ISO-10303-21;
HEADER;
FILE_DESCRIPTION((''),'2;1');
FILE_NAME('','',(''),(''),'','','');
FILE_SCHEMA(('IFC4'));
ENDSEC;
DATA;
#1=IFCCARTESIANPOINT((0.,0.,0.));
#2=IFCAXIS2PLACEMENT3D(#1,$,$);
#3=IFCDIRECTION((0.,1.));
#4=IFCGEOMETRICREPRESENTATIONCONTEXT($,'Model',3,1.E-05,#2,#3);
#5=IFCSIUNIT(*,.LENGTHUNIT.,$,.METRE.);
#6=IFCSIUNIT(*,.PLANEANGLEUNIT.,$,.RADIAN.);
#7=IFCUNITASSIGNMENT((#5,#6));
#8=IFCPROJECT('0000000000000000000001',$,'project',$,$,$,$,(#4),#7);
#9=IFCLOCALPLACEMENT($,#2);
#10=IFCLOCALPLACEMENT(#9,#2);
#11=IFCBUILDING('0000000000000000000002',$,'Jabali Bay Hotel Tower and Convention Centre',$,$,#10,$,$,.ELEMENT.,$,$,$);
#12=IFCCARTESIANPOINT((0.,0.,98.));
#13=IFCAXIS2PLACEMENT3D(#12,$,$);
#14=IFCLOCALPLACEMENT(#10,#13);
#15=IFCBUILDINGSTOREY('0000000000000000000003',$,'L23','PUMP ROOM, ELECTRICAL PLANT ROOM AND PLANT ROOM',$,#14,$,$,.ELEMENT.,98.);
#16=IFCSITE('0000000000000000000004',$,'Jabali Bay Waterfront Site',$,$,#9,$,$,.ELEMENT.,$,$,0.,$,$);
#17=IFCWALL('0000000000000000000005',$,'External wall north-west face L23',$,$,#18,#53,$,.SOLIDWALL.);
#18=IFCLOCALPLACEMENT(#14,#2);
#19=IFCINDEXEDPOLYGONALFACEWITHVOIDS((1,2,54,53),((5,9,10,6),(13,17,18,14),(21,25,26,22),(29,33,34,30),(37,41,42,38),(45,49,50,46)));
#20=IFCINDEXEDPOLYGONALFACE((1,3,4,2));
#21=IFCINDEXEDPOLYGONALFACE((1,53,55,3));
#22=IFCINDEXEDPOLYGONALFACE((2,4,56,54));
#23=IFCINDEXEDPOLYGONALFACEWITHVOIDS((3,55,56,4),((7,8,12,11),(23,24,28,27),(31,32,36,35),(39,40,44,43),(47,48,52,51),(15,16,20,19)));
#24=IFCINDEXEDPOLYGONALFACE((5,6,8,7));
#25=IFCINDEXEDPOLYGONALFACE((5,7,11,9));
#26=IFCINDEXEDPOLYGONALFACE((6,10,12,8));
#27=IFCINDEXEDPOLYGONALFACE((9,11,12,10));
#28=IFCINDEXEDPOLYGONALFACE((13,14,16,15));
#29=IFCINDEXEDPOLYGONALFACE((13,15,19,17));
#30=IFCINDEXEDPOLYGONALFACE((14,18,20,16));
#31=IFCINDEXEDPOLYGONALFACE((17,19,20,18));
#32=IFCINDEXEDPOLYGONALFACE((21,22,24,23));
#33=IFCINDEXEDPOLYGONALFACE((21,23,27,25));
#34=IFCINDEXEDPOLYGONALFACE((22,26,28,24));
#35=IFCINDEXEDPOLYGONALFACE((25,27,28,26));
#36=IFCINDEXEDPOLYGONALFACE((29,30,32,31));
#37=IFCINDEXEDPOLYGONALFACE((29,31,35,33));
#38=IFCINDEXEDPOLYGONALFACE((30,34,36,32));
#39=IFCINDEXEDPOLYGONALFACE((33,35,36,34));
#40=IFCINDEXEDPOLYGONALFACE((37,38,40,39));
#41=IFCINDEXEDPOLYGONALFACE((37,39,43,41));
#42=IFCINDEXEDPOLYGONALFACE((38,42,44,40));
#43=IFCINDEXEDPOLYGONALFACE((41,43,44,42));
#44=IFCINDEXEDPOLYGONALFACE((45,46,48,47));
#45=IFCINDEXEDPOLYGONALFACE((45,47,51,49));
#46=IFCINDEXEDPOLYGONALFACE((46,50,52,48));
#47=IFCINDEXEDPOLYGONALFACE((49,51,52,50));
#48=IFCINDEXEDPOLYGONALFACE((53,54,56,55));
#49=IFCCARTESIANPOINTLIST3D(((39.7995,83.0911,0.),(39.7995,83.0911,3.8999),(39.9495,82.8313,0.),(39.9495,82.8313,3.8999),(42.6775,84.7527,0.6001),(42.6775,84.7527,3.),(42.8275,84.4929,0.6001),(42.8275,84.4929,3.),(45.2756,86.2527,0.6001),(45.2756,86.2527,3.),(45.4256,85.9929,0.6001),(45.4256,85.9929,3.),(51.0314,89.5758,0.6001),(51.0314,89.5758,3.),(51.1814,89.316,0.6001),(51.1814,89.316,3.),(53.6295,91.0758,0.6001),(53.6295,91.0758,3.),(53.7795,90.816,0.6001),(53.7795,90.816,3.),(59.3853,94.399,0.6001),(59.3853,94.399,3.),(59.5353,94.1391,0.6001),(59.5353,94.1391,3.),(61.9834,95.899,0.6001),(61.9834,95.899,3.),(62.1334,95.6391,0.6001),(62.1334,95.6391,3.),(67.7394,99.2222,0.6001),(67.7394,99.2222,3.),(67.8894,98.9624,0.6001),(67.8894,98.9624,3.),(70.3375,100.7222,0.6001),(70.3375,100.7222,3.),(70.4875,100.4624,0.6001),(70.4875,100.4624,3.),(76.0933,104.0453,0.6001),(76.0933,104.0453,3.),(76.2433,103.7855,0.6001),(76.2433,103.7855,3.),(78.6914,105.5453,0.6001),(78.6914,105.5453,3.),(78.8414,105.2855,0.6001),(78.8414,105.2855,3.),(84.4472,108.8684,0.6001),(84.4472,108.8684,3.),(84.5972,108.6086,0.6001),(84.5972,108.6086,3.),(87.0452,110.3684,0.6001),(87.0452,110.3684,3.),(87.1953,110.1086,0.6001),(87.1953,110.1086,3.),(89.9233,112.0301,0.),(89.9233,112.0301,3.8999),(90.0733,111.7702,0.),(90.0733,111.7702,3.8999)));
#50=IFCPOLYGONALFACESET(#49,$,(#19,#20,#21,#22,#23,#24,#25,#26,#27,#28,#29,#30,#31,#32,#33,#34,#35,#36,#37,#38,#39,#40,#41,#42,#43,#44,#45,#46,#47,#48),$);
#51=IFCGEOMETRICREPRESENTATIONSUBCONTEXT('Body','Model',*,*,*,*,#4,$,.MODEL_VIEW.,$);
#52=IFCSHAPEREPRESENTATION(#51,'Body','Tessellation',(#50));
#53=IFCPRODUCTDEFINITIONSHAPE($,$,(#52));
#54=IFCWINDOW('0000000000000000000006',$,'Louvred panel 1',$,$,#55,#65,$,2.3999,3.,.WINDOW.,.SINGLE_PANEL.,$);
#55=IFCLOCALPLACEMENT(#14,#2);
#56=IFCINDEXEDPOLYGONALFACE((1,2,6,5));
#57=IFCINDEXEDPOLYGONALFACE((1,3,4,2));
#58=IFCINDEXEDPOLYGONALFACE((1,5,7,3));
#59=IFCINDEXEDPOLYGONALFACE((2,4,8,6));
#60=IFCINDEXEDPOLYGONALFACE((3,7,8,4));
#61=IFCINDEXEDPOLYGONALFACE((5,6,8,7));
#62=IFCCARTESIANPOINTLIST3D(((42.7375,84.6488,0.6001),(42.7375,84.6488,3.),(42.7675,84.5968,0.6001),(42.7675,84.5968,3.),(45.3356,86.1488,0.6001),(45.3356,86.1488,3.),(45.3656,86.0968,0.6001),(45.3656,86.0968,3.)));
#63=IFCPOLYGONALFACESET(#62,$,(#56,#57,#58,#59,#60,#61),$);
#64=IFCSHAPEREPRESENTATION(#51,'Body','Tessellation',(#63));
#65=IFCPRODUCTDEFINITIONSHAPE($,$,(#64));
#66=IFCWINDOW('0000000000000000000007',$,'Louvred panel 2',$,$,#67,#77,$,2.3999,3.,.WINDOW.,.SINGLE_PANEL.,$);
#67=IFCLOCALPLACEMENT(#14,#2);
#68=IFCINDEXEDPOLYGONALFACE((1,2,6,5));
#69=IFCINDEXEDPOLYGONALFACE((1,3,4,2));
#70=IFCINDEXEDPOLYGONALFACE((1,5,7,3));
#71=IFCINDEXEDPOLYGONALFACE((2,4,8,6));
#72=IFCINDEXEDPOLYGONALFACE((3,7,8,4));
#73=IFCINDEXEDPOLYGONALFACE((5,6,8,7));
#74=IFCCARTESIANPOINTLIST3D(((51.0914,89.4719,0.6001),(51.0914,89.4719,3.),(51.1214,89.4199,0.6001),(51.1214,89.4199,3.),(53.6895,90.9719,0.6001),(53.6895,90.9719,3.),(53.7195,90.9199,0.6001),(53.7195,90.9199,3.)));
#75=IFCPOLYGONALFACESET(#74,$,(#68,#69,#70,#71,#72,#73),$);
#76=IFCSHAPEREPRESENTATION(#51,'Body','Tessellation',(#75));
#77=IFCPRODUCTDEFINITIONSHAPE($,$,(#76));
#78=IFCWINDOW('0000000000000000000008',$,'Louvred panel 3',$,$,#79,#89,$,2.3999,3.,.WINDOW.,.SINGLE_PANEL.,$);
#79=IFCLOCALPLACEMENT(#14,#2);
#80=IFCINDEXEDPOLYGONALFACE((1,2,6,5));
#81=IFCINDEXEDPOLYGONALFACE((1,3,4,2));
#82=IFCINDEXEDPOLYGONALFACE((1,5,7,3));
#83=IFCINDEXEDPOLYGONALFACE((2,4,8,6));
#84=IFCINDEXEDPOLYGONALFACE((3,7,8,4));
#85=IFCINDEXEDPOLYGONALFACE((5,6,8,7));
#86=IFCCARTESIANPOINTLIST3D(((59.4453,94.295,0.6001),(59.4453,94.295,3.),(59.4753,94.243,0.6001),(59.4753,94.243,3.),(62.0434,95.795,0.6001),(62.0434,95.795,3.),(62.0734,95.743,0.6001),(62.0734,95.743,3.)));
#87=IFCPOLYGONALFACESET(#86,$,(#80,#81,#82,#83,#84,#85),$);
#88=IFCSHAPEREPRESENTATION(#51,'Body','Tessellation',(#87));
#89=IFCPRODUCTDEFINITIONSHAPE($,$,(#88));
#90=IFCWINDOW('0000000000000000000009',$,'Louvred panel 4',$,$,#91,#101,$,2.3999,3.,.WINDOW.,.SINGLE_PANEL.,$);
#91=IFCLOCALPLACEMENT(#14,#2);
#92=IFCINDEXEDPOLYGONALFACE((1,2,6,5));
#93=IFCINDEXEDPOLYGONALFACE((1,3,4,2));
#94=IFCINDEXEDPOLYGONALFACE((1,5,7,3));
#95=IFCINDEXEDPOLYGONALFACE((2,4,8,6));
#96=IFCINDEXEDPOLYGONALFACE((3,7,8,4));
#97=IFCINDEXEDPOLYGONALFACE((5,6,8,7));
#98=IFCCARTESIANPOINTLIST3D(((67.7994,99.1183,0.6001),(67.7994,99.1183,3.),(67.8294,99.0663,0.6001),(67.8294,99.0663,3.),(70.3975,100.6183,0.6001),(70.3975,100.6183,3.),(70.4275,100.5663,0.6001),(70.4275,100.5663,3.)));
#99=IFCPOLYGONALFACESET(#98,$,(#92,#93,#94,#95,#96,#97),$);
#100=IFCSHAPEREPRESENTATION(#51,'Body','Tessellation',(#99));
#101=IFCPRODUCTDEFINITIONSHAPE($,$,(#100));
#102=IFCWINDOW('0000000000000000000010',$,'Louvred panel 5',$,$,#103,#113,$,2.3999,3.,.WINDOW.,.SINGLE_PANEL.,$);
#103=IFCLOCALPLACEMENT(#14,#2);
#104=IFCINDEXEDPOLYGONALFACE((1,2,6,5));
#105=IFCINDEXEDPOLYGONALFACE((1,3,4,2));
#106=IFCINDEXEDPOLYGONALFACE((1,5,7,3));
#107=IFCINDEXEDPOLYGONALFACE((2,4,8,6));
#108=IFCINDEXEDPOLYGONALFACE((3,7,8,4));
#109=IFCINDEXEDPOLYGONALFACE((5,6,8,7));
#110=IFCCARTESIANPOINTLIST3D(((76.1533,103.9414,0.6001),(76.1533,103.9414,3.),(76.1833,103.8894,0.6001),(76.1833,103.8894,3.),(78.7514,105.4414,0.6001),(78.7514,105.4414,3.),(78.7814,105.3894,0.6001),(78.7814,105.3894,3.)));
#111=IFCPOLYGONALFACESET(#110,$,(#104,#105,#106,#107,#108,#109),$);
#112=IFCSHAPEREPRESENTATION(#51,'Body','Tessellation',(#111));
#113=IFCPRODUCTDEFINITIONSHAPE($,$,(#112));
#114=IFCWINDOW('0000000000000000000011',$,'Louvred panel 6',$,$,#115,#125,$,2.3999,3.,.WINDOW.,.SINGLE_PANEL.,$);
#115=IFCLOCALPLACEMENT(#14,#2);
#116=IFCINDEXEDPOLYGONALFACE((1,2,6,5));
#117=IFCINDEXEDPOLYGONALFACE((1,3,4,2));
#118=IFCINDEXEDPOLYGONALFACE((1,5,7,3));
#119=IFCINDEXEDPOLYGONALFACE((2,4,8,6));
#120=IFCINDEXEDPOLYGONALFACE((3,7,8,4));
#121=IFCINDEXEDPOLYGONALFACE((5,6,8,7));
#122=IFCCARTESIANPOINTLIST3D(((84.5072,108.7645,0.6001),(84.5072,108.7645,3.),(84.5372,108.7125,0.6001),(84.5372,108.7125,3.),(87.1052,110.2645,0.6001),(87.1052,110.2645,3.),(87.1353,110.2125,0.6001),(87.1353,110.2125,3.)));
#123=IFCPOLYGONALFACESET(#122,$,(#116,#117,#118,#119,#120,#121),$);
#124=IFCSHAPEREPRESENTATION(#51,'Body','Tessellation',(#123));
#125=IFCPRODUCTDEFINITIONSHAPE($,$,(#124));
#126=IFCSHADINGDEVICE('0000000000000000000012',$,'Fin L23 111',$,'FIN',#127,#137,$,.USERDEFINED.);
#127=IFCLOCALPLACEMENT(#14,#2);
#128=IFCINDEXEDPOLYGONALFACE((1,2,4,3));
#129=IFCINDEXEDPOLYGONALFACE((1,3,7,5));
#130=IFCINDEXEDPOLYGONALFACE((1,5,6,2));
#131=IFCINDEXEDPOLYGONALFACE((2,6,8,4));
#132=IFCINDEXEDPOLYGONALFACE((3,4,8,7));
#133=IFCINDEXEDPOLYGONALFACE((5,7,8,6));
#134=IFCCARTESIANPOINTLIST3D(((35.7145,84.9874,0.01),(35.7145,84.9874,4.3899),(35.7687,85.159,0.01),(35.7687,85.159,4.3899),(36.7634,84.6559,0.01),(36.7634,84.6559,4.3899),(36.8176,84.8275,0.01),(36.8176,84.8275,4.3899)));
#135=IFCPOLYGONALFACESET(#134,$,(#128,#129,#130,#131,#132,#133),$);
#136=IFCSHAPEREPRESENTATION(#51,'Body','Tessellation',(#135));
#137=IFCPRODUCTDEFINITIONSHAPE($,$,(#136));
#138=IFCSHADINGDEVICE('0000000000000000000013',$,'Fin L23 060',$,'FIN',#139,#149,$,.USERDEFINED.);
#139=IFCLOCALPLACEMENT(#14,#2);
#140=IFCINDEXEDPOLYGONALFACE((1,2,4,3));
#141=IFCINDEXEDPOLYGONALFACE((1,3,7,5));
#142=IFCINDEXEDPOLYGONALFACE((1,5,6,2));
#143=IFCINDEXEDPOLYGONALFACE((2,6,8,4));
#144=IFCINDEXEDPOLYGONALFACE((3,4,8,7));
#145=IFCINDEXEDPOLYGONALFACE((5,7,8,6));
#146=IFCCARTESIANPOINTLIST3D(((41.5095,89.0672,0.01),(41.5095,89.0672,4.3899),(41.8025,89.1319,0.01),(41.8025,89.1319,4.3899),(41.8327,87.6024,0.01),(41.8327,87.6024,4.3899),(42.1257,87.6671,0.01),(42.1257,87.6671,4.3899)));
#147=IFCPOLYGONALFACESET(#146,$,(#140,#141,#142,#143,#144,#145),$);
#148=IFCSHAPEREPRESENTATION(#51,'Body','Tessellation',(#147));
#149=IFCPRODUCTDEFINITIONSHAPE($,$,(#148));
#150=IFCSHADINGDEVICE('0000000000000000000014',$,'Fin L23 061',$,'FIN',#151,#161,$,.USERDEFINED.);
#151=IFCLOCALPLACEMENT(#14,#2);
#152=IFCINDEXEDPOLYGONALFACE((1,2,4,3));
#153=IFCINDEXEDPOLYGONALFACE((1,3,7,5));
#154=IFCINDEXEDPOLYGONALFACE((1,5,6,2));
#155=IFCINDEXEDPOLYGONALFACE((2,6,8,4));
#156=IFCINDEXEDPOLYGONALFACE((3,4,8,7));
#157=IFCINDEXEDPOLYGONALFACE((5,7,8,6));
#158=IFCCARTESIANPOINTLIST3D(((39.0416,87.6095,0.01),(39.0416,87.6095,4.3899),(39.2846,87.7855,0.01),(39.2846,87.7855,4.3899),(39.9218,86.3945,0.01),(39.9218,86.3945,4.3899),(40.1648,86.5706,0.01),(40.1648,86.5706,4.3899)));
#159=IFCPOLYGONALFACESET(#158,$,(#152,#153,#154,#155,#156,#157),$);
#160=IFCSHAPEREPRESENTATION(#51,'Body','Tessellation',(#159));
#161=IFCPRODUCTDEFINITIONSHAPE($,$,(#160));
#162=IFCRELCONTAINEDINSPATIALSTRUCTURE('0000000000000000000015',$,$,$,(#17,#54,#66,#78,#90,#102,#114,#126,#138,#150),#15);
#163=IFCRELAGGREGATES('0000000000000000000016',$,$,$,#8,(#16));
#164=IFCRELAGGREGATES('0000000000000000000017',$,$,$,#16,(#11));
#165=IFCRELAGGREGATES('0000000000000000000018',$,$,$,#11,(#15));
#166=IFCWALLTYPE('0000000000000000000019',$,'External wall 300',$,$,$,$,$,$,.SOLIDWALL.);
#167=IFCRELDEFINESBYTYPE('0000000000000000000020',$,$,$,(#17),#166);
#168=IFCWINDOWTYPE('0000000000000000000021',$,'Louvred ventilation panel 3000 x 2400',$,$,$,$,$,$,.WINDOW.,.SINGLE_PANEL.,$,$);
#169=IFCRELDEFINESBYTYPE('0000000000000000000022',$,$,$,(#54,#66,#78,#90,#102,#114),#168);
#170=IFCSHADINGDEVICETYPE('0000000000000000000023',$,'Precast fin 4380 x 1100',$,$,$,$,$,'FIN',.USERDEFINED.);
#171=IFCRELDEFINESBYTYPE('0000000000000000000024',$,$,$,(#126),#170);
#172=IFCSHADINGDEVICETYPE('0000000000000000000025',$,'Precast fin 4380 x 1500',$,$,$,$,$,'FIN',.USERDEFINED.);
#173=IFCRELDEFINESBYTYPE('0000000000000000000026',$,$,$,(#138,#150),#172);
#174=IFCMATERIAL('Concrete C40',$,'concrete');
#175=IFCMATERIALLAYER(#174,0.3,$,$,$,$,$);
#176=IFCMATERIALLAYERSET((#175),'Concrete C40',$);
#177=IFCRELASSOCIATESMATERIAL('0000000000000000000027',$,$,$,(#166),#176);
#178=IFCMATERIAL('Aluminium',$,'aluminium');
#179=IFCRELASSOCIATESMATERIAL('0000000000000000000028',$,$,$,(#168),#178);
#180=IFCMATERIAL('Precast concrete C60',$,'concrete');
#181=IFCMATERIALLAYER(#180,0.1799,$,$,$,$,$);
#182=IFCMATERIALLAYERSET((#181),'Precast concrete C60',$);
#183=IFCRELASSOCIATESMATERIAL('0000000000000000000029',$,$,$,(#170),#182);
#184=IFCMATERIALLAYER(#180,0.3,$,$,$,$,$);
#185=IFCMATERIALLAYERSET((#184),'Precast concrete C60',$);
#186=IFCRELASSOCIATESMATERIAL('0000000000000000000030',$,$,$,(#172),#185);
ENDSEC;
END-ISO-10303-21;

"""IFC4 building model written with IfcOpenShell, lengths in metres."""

from ifc_helpers import new_model, si_unit, direction, frame, frame_2d, origin, place, context, subcontext, project, spatial, rectangle, extrude, material, layer, layer_set, type_object, element, fill, save


model = new_model("IFC4")

# Units and contexts
model_context = context("Model", 3, precision=1e-05, world=origin(), true_north=direction((0.0, 1.0)))
body_context = subcontext(model_context, "Body", "Model", "MODEL_VIEW")
ifc_project = project(units=[si_unit("LENGTHUNIT", "METRE"), si_unit("PLANEANGLEUNIT", "RADIAN")], contexts=[model_context])

# Site, building, storey
site_placement = place(None, origin())
site = spatial("IfcSite", under=ifc_project, at=site_placement, Name="Jabali Bay Waterfront Site", CompositionType="ELEMENT", RefElevation=0.0)
building_placement = place(site_placement, origin())
building = spatial("IfcBuilding", under=site, at=building_placement, Name="Jabali Bay Hotel Tower and Convention Centre", CompositionType="ELEMENT")
storey_placement = place(building_placement, frame((0.0, 0.0, 98.0)))
storey = spatial("IfcBuildingStorey", under=building, at=storey_placement, Name="L23", Description="PUMP ROOM, ELECTRICAL PLANT ROOM AND PLANT ROOM", CompositionType="ELEMENT", Elevation=98.0)

# Wall, openings, windows
ifc_material_1 = material(Name="Concrete C40", Category="concrete")
ifc_layer_1 = layer(ifc_material_1, 0.3)
ifc_layer_set_1 = layer_set([ifc_layer_1], Name="Concrete C40")
wall_type = type_object("IfcWallType", Name="External wall 300", PredefinedType="SOLIDWALL", material=ifc_layer_set_1)
wall_placement = place(storey_placement, frame((39.8745, 82.9612, 0.0), z_axis=(0.0, 0.0, 1.0), x_axis=(0.866025, 0.5, 0.0)))
wall = element("IfcWall", 1, at=wall_placement, inside=storey, type_object=wall_type, Name="External wall north-west face L23", PredefinedType="SOLIDWALL", context=body_context, shape_type="SweptSolid", body=[
    extrude(rectangle(XDim=57.8779, YDim=0.3, at=frame_2d((28.939, 0.0))), origin(), (0.0, 0.0, 1.0), 3.8999),
])
opening_1_placement = place(wall_placement, frame((3.3232, 0.0, 0.6001)))
opening_1 = element("IfcOpeningElement", 2, at=opening_1_placement, cuts=wall, PredefinedType="OPENING", context=body_context, shape_type="SweptSolid", body=[
    extrude(rectangle(XDim=3.0, YDim=2.3999, at=frame_2d((1.5, 1.2))), frame((0.0, 0.1606, 0.0), z_axis=(0.0, -1.0, 0.0), x_axis=(1.0, 0.0, 0.0)), (0.0, 0.0, 1.0), 0.321),
])
opening_2_placement = place(wall_placement, frame((12.9695, 0.0, 0.6001)))
opening_2 = element("IfcOpeningElement", 3, at=opening_2_placement, cuts=wall, PredefinedType="OPENING", context=body_context, shape_type="SweptSolid", body=[
    extrude(rectangle(XDim=3.0, YDim=2.3999, at=frame_2d((1.5, 1.2))), frame((0.0, 0.1606, 0.0), z_axis=(0.0, -1.0, 0.0), x_axis=(1.0, 0.0, 0.0)), (0.0, 0.0, 1.0), 0.321),
])
opening_3_placement = place(wall_placement, frame((22.6157, 0.0, 0.6001)))
opening_3 = element("IfcOpeningElement", 4, at=opening_3_placement, cuts=wall, PredefinedType="OPENING", context=body_context, shape_type="SweptSolid", body=[
    extrude(rectangle(XDim=3.0, YDim=2.3999, at=frame_2d((1.5, 1.2))), frame((0.0, 0.1606, 0.0), z_axis=(0.0, -1.0, 0.0), x_axis=(1.0, 0.0, 0.0)), (0.0, 0.0, 1.0), 0.321),
])
opening_4_placement = place(wall_placement, frame((32.2622, 0.0, 0.6001)))
opening_4 = element("IfcOpeningElement", 5, at=opening_4_placement, cuts=wall, PredefinedType="OPENING", context=body_context, shape_type="SweptSolid", body=[
    extrude(rectangle(XDim=3.0, YDim=2.3999, at=frame_2d((1.5, 1.2))), frame((0.0, 0.1606, 0.0), z_axis=(0.0, -1.0, 0.0), x_axis=(1.0, 0.0, 0.0)), (0.0, 0.0, 1.0), 0.321),
])
opening_5_placement = place(wall_placement, frame((41.9084, 0.0, 0.6001)))
opening_5 = element("IfcOpeningElement", 6, at=opening_5_placement, cuts=wall, PredefinedType="OPENING", context=body_context, shape_type="SweptSolid", body=[
    extrude(rectangle(XDim=3.0, YDim=2.3999, at=frame_2d((1.5, 1.2))), frame((0.0, 0.1606, 0.0), z_axis=(0.0, -1.0, 0.0), x_axis=(1.0, 0.0, 0.0)), (0.0, 0.0, 1.0), 0.321),
])
opening_6_placement = place(wall_placement, frame((51.5547, 0.0, 0.6001)))
opening_6 = element("IfcOpeningElement", 7, at=opening_6_placement, cuts=wall, PredefinedType="OPENING", context=body_context, shape_type="SweptSolid", body=[
    extrude(rectangle(XDim=3.0, YDim=2.3999, at=frame_2d((1.5, 1.2))), frame((0.0, 0.1606, 0.0), z_axis=(0.0, -1.0, 0.0), x_axis=(1.0, 0.0, 0.0)), (0.0, 0.0, 1.0), 0.321),
])
ifc_material_2 = material(Name="Aluminium", Category="aluminium")
window_type = type_object("IfcWindowType", Name="Louvred ventilation panel 3000 x 2400", PartitioningType="SINGLE_PANEL", PredefinedType="WINDOW", material=ifc_material_2)
window_1_placement = place(opening_1_placement, origin())
window_1 = element("IfcWindow", 8, at=window_1_placement, inside=storey, type_object=window_type, Name="Louvred panel 1", OverallHeight=2.3999, OverallWidth=3.0, PartitioningType="SINGLE_PANEL", PredefinedType="WINDOW", context=body_context, shape_type="SweptSolid", body=[
    extrude(rectangle(XDim=3.0, YDim=2.3999, at=frame_2d((1.5, 1.2))), frame((0.0, 0.03, 0.0), z_axis=(0.0, -1.0, 0.0), x_axis=(1.0, 0.0, 0.0)), (0.0, 0.0, 1.0), 0.0601),
])
fill(opening_1, window_1)
window_2_placement = place(opening_2_placement, origin())
window_2 = element("IfcWindow", 9, at=window_2_placement, inside=storey, type_object=window_type, Name="Louvred panel 2", OverallHeight=2.3999, OverallWidth=3.0, PartitioningType="SINGLE_PANEL", PredefinedType="WINDOW", context=body_context, shape_type="SweptSolid", body=[
    extrude(rectangle(XDim=3.0, YDim=2.3999, at=frame_2d((1.5, 1.2))), frame((0.0, 0.03, 0.0), z_axis=(0.0, -1.0, 0.0), x_axis=(1.0, 0.0, 0.0)), (0.0, 0.0, 1.0), 0.0601),
])
fill(opening_2, window_2)
window_3_placement = place(opening_3_placement, origin())
window_3 = element("IfcWindow", 10, at=window_3_placement, inside=storey, type_object=window_type, Name="Louvred panel 3", OverallHeight=2.3999, OverallWidth=3.0, PartitioningType="SINGLE_PANEL", PredefinedType="WINDOW", context=body_context, shape_type="SweptSolid", body=[
    extrude(rectangle(XDim=3.0, YDim=2.3999, at=frame_2d((1.5, 1.2))), frame((0.0, 0.03, 0.0), z_axis=(0.0, -1.0, 0.0), x_axis=(1.0, 0.0, 0.0)), (0.0, 0.0, 1.0), 0.0601),
])
fill(opening_3, window_3)
window_4_placement = place(opening_4_placement, origin())
window_4 = element("IfcWindow", 11, at=window_4_placement, inside=storey, type_object=window_type, Name="Louvred panel 4", OverallHeight=2.3999, OverallWidth=3.0, PartitioningType="SINGLE_PANEL", PredefinedType="WINDOW", context=body_context, shape_type="SweptSolid", body=[
    extrude(rectangle(XDim=3.0, YDim=2.3999, at=frame_2d((1.5, 1.2))), frame((0.0, 0.03, 0.0), z_axis=(0.0, -1.0, 0.0), x_axis=(1.0, 0.0, 0.0)), (0.0, 0.0, 1.0), 0.0601),
])
fill(opening_4, window_4)
window_5_placement = place(opening_5_placement, origin())
window_5 = element("IfcWindow", 12, at=window_5_placement, inside=storey, type_object=window_type, Name="Louvred panel 5", OverallHeight=2.3999, OverallWidth=3.0, PartitioningType="SINGLE_PANEL", PredefinedType="WINDOW", context=body_context, shape_type="SweptSolid", body=[
    extrude(rectangle(XDim=3.0, YDim=2.3999, at=frame_2d((1.5, 1.2))), frame((0.0, 0.03, 0.0), z_axis=(0.0, -1.0, 0.0), x_axis=(1.0, 0.0, 0.0)), (0.0, 0.0, 1.0), 0.0601),
])
fill(opening_5, window_5)
window_6_placement = place(opening_6_placement, origin())
window_6 = element("IfcWindow", 13, at=window_6_placement, inside=storey, type_object=window_type, Name="Louvred panel 6", OverallHeight=2.3999, OverallWidth=3.0, PartitioningType="SINGLE_PANEL", PredefinedType="WINDOW", context=body_context, shape_type="SweptSolid", body=[
    extrude(rectangle(XDim=3.0, YDim=2.3999, at=frame_2d((1.5, 1.2))), frame((0.0, 0.03, 0.0), z_axis=(0.0, -1.0, 0.0), x_axis=(1.0, 0.0, 0.0)), (0.0, 0.0, 1.0), 0.0601),
])
fill(opening_6, window_6)

# Shading devices
ifc_material_3 = material(Name="Precast concrete C60", Category="concrete")
ifc_layer_2 = layer(ifc_material_3, 0.1799)
ifc_layer_set_2 = layer_set([ifc_layer_2], Name="Precast concrete C60")
shading_device_type_1 = type_object("IfcShadingDeviceType", Name="Precast fin 4380 x 1100", ElementType="FIN", PredefinedType="USERDEFINED", material=ifc_layer_set_2)
shading_device_1_placement = place(storey_placement, frame((36.7905, 84.7417, 0.01), z_axis=(0.0, 0.0, 1.0), x_axis=(-0.953516, 0.301344, 0.0)))
element("IfcShadingDevice", 14, at=shading_device_1_placement, inside=storey, type_object=shading_device_type_1, Name="Fin L23 111", ObjectType="FIN", PredefinedType="USERDEFINED", context=body_context, shape_type="SweptSolid", body=[
    extrude(rectangle(XDim=1.1001, YDim=0.1799, at=frame_2d((0.55, 0.0))), origin(), (0.0, 0.0, 1.0), 4.3799),
])
ifc_layer_3 = layer(ifc_material_3, 0.3)
ifc_layer_set_3 = layer_set([ifc_layer_3], Name="Precast concrete C60")
shading_device_type_2 = type_object("IfcShadingDeviceType", Name="Precast fin 4380 x 1500", ElementType="FIN", PredefinedType="USERDEFINED", material=ifc_layer_set_3)
shading_device_2_placement = place(storey_placement, frame((41.9792, 87.6348, 0.01), z_axis=(0.0, 0.0, 1.0), x_axis=(-0.215483, 0.976508, 0.0)))
element("IfcShadingDevice", 15, at=shading_device_2_placement, inside=storey, type_object=shading_device_type_2, Name="Fin L23 060", ObjectType="FIN", PredefinedType="USERDEFINED", context=body_context, shape_type="SweptSolid", body=[
    extrude(rectangle(XDim=1.5, YDim=0.3, at=frame_2d((0.75, 0.0))), origin(), (0.0, 0.0, 1.0), 4.3799),
])
shading_device_3_placement = place(storey_placement, frame((40.0432, 86.4827, 0.01), z_axis=(0.0, 0.0, 1.0), x_axis=(-0.58669, 0.809811, 0.0)))
element("IfcShadingDevice", 16, at=shading_device_3_placement, inside=storey, type_object=shading_device_type_2, Name="Fin L23 061", ObjectType="FIN", PredefinedType="USERDEFINED", context=body_context, shape_type="SweptSolid", body=[
    extrude(rectangle(XDim=1.5002, YDim=0.3, at=frame_2d((0.75, 0.0))), origin(), (0.0, 0.0, 1.0), 4.3799),
])

save(model, "model.ifc")
